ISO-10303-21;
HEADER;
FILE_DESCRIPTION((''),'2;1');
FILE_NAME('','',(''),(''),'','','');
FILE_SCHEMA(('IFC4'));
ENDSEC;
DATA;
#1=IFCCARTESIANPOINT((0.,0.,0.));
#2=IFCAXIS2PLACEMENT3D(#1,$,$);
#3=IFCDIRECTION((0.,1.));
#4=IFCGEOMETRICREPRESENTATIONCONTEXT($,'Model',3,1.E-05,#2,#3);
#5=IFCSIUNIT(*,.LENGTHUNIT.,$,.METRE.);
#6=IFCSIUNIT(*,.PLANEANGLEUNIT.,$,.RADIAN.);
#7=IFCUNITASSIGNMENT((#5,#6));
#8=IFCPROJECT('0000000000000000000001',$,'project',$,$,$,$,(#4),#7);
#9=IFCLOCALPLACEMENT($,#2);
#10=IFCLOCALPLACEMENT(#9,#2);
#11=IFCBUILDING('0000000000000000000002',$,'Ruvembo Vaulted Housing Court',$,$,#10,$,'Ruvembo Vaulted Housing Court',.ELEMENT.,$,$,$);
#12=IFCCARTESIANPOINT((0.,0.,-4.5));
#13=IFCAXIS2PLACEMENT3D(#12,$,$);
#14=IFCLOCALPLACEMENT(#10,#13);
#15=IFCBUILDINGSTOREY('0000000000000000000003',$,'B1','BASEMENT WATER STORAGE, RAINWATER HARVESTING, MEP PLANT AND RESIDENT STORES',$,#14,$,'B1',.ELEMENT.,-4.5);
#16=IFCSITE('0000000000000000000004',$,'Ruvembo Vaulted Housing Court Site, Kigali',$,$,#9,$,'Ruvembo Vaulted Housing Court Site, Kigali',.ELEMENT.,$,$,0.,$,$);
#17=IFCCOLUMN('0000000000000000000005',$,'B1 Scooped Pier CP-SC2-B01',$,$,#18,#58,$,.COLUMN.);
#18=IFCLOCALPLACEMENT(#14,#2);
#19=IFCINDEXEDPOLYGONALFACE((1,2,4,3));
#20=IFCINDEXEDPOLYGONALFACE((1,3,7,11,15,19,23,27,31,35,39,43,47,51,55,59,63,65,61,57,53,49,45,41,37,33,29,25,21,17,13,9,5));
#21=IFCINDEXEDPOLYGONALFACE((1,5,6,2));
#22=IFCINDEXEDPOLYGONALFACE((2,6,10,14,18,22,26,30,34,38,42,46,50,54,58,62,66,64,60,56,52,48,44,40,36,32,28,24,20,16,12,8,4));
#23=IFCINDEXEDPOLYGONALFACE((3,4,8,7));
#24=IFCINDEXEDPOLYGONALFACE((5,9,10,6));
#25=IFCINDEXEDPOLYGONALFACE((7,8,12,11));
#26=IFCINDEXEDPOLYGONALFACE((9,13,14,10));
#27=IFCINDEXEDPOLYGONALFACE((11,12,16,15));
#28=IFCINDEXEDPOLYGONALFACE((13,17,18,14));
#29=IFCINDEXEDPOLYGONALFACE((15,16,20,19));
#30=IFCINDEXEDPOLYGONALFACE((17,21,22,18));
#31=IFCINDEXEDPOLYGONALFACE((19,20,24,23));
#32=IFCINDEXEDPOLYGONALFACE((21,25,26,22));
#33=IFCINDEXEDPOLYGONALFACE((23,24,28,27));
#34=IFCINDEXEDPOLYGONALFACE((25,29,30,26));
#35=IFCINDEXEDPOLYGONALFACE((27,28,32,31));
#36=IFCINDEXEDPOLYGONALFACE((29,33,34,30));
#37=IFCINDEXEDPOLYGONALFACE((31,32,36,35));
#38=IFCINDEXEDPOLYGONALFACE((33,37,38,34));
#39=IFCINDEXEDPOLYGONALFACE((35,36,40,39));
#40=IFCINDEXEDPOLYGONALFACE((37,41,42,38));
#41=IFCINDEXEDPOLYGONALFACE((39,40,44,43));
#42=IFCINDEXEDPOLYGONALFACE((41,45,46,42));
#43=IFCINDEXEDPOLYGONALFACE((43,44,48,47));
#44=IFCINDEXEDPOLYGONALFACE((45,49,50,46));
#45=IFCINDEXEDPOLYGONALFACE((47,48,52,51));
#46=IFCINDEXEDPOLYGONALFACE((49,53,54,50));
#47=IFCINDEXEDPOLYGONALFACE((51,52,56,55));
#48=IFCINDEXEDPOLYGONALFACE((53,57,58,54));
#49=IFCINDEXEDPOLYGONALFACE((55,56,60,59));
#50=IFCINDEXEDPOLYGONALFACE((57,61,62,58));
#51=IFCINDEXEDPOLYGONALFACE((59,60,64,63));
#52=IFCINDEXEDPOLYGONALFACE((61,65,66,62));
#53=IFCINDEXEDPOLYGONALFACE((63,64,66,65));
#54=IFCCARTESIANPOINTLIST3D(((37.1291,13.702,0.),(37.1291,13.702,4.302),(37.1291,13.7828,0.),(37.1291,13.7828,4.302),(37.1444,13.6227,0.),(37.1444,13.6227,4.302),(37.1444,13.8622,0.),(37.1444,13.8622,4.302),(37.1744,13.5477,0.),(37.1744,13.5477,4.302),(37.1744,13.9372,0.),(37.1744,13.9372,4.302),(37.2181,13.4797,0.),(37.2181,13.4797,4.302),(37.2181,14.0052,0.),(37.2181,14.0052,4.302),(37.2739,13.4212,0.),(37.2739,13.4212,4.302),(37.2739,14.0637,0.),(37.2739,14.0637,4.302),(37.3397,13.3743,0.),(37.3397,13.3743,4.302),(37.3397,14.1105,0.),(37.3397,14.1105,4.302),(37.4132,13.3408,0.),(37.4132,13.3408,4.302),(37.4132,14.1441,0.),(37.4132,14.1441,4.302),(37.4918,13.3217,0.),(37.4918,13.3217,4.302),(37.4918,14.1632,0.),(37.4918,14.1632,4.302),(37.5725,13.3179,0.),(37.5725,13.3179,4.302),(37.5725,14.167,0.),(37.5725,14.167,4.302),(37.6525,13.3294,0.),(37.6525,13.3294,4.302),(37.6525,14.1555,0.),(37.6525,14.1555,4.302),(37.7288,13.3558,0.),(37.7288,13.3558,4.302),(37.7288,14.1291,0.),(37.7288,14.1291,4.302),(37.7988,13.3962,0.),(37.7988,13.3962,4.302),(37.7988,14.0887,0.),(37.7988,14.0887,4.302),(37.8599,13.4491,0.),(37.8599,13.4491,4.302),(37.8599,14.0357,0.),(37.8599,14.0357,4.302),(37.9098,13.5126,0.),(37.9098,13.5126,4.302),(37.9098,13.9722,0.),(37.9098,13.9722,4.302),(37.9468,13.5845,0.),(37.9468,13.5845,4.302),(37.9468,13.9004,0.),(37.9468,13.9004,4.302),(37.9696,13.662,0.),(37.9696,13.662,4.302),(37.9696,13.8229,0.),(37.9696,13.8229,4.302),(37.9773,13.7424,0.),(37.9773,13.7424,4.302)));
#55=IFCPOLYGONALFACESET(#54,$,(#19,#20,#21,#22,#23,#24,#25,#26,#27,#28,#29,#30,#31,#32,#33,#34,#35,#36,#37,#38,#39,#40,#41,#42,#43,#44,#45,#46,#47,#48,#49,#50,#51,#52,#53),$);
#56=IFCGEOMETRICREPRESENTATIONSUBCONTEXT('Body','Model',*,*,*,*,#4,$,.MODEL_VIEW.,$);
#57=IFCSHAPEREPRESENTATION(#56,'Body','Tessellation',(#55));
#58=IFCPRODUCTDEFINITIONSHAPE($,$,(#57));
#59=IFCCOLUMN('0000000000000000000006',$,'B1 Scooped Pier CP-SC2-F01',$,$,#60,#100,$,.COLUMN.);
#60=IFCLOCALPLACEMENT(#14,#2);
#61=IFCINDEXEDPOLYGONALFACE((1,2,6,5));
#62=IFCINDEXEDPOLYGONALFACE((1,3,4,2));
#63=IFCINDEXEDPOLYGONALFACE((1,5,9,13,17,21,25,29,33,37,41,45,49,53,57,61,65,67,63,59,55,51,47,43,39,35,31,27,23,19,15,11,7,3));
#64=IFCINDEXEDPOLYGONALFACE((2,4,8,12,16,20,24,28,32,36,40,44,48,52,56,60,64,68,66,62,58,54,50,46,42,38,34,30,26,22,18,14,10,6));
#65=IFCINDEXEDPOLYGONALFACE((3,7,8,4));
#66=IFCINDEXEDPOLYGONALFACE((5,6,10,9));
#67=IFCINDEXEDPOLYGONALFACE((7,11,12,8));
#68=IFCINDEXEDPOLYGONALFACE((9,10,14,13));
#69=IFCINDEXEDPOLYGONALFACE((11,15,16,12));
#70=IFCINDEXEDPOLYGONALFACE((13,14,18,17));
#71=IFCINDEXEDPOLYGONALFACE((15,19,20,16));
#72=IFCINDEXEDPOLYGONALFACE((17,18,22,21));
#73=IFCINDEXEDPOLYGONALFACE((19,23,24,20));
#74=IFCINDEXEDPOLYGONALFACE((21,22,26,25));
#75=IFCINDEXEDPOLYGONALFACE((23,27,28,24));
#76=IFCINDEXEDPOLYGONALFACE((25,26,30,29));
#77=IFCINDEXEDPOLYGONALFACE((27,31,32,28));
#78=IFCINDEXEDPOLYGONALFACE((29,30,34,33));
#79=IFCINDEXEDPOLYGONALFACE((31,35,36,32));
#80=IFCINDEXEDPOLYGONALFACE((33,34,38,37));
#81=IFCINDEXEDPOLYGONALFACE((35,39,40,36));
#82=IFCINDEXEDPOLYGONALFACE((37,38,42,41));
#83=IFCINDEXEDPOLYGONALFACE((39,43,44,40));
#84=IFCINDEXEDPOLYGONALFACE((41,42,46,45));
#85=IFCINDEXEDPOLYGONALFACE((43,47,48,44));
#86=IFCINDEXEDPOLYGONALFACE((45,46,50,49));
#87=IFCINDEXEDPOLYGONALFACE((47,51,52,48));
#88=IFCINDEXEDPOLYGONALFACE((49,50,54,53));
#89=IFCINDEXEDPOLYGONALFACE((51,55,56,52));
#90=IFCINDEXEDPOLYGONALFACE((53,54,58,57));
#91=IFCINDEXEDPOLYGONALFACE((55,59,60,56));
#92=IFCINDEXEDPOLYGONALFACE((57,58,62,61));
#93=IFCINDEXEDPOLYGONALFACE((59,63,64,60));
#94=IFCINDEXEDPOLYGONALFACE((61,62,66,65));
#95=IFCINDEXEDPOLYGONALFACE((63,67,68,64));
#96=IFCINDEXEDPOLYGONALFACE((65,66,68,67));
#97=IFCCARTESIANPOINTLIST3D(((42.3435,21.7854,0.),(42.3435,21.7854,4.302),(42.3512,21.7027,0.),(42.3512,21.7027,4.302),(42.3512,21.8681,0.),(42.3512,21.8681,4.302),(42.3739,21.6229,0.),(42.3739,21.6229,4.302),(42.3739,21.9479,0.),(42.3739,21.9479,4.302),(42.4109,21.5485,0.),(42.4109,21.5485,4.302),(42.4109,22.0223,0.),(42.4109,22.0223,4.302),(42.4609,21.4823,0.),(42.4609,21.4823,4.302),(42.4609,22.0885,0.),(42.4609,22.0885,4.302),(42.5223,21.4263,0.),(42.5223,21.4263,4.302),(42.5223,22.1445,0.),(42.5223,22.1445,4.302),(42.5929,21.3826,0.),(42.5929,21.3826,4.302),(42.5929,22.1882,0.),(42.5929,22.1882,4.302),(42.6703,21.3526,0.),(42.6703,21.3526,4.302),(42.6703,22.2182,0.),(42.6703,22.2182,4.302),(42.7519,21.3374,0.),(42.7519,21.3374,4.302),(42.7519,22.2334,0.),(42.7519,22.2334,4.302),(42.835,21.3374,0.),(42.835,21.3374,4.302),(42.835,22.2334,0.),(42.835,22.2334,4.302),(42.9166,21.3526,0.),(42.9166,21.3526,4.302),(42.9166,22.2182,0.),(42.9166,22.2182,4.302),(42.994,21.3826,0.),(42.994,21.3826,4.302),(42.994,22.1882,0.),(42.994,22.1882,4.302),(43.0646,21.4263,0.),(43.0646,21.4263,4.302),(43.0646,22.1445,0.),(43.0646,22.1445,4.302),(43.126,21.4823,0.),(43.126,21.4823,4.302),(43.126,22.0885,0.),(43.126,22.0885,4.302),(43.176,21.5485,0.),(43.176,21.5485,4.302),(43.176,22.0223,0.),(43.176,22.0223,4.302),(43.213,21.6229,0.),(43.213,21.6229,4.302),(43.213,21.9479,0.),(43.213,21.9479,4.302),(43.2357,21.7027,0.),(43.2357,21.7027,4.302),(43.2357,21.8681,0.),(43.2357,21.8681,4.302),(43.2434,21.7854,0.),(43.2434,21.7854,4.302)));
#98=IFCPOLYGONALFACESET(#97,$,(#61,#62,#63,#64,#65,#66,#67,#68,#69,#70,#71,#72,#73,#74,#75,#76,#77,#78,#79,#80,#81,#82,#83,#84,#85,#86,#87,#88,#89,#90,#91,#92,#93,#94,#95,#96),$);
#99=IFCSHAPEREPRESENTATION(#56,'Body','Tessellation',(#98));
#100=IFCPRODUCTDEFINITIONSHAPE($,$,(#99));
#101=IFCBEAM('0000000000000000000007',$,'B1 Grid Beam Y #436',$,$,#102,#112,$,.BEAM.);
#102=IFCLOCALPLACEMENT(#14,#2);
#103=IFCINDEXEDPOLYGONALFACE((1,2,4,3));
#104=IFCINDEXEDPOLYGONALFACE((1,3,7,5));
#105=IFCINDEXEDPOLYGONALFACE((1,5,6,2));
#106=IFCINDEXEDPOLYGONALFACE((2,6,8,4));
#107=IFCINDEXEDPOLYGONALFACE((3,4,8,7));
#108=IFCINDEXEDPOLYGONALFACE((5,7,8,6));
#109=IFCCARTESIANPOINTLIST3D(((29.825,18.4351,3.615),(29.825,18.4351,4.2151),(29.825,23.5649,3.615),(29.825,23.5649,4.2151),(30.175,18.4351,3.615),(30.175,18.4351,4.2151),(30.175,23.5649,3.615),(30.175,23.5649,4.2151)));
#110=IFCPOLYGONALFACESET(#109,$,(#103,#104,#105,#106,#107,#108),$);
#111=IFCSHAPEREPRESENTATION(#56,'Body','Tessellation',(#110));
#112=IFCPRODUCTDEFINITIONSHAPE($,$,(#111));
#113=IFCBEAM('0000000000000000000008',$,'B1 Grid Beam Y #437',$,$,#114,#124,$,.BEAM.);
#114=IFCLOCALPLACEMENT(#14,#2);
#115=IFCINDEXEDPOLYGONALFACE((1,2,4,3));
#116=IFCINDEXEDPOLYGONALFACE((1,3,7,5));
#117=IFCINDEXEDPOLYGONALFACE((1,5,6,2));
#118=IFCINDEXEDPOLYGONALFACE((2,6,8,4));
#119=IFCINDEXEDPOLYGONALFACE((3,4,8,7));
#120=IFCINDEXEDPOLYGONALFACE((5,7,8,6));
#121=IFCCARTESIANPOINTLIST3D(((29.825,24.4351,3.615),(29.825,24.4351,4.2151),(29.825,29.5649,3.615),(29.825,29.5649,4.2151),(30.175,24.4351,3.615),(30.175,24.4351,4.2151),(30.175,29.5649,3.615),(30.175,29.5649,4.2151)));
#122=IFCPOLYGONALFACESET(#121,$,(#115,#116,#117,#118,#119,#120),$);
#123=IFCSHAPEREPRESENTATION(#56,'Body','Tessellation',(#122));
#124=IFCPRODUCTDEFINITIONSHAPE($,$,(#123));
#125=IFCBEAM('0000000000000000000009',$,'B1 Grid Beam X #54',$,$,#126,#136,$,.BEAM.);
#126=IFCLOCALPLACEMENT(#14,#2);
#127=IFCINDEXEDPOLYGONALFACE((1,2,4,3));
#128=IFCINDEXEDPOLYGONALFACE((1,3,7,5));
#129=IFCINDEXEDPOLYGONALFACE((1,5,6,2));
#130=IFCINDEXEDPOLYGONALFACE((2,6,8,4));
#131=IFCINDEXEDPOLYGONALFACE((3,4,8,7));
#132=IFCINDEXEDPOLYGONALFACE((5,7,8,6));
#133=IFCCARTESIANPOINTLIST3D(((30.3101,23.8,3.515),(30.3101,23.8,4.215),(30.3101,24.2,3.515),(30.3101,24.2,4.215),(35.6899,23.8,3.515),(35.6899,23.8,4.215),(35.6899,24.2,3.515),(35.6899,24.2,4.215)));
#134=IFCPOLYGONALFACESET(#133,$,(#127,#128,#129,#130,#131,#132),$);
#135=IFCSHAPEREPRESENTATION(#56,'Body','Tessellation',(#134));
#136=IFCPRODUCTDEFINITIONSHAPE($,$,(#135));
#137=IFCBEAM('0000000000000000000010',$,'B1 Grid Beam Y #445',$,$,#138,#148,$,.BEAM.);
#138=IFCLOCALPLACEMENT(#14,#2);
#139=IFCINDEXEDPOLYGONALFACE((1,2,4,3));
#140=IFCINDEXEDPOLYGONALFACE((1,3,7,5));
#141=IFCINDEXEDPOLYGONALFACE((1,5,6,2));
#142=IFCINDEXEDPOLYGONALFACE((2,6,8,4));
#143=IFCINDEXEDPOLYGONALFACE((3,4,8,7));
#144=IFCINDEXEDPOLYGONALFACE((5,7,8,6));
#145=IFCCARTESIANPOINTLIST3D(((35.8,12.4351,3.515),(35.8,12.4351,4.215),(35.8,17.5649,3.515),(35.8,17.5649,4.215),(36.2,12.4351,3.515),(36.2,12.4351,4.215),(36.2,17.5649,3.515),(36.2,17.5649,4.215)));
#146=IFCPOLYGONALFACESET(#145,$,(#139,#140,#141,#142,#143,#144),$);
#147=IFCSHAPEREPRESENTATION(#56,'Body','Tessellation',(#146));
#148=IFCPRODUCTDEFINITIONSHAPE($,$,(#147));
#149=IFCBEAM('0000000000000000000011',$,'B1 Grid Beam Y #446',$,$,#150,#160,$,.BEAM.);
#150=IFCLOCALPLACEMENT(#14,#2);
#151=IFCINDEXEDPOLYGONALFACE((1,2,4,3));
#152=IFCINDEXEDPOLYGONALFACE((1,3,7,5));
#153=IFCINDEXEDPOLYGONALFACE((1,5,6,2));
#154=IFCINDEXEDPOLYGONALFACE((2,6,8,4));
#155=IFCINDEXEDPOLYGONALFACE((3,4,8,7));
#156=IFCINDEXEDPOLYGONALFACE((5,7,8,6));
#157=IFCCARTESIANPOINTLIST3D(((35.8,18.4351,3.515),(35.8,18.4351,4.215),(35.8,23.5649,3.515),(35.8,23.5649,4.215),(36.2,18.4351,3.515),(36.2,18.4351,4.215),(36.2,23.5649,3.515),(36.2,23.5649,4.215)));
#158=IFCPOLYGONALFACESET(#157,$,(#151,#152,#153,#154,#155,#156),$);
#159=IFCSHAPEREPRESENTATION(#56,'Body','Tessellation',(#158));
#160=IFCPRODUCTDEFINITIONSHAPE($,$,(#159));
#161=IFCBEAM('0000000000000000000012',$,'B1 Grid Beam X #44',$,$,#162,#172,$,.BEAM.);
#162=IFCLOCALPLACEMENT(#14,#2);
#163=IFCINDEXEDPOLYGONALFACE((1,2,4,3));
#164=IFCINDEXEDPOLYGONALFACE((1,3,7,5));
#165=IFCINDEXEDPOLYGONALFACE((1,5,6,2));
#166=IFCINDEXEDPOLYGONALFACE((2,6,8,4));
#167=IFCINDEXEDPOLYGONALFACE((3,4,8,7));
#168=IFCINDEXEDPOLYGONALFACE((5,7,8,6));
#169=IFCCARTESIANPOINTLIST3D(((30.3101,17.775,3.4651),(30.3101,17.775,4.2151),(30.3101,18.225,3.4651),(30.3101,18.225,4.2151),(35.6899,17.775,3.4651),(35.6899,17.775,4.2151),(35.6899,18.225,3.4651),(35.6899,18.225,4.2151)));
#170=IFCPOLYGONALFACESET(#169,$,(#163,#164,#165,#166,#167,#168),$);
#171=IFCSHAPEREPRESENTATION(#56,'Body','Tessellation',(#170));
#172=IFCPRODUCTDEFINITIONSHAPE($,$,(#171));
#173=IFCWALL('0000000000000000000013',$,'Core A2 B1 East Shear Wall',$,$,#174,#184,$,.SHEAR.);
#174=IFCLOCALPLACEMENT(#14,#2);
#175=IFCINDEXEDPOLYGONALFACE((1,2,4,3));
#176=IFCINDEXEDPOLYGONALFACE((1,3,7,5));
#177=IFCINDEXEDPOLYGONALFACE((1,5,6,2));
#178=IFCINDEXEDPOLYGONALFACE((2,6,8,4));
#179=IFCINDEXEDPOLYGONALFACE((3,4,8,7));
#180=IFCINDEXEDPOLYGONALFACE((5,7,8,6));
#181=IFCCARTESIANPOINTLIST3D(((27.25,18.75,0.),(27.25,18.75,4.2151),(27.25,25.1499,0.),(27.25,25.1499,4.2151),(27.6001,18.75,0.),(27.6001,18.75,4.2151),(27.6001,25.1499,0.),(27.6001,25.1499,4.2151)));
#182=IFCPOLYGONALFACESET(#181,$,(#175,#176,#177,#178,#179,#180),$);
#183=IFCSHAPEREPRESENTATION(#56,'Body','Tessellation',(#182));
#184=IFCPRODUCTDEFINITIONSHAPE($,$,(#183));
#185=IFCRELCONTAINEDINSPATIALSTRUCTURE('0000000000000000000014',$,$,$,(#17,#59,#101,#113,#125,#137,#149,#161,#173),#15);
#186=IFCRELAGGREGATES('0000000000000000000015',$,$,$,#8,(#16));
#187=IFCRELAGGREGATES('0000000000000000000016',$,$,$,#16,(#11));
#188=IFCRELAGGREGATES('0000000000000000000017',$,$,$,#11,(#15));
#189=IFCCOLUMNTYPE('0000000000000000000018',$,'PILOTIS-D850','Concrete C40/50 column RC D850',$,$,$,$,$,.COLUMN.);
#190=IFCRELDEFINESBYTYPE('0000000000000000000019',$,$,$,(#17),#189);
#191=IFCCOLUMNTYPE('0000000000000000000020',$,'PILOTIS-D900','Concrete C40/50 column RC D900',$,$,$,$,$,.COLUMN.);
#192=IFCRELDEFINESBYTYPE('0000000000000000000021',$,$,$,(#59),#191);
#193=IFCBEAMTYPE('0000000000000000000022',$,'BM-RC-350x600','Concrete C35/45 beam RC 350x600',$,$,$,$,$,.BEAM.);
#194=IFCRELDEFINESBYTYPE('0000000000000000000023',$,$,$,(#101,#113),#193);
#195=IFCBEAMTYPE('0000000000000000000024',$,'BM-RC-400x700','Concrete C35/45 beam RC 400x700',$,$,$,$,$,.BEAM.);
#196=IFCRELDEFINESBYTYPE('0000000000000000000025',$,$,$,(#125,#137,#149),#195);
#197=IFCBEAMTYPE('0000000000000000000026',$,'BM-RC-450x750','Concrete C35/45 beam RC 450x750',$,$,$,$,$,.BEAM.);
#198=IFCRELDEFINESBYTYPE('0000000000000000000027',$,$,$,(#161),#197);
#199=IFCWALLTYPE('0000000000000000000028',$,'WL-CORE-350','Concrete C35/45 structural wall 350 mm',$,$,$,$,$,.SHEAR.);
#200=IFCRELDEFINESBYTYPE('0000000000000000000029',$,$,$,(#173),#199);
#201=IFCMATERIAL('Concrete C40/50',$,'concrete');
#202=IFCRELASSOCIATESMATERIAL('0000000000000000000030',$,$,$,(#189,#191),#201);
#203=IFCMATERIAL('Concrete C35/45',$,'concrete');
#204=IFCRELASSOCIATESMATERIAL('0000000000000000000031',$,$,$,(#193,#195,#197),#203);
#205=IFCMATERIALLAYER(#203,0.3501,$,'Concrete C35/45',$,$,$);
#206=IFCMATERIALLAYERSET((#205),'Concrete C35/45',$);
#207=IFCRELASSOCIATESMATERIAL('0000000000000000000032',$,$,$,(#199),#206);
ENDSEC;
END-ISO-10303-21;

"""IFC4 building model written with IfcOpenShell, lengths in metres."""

from ifc_helpers import new_model, si_unit, direction, frame, frame_2d, origin, origin_2d, place, context, subcontext, project, spatial, rectangle, circle, extrude, material, layer, layer_set, material_profile, profile_set, type_object, element, save


model = new_model("IFC4")

# Units and contexts
model_context = context("Model", 3, precision=1e-05, world=origin(), true_north=direction((0.0, 1.0)))
body_context = subcontext(model_context, "Body", "Model", "MODEL_VIEW")
ifc_project = project(units=[si_unit("LENGTHUNIT", "METRE"), si_unit("PLANEANGLEUNIT", "RADIAN")], contexts=[model_context])

# Site, building, storey
site_placement = place(None, origin())
site = spatial("IfcSite", under=ifc_project, at=site_placement, Name="Ruvembo Vaulted Housing Court Site, Kigali", LongName="Ruvembo Vaulted Housing Court Site, Kigali", CompositionType="ELEMENT", RefElevation=0.0)
building_placement = place(site_placement, origin())
building = spatial("IfcBuilding", under=site, at=building_placement, Name="Ruvembo Vaulted Housing Court", LongName="Ruvembo Vaulted Housing Court", CompositionType="ELEMENT")
storey_placement = place(building_placement, frame((0.0, 0.0, -4.5)))
storey = spatial("IfcBuildingStorey", under=building, at=storey_placement, Name="B1", Description="BASEMENT WATER STORAGE, RAINWATER HARVESTING, MEP PLANT AND RESIDENT STORES", LongName="B1", CompositionType="ELEMENT", Elevation=-4.5)

# Shared definitions
ifc_material_1 = material(Name="Concrete C35/45", Category="concrete")

# Columns
ifc_material_2 = material(Name="Concrete C40/50", Category="concrete")
ifc_material_profile_1 = material_profile(ifc_material_2, circle(Radius=0.425, at=origin_2d()), Name="RC D850")
ifc_profile_set_1 = profile_set([ifc_material_profile_1], Name="Concrete C40/50")
column_type_1 = type_object("IfcColumnType", Name="PILOTIS-D850", Description="Concrete C40/50 column RC D850", PredefinedType="COLUMN", material=ifc_profile_set_1)
column_1_placement = place(storey_placement, frame((37.5522, 13.7424, 0.0), z_axis=(0.0, 0.0, 1.0), x_axis=(1.0, 0.0, 0.0)))
element("IfcColumn", 1, at=column_1_placement, inside=storey, type_object=column_type_1, Name="B1 Scooped Pier CP-SC2-B01", PredefinedType="COLUMN", context=body_context, shape_type="SweptSolid", body=[
    extrude(circle(Radius=0.425, at=origin_2d()), origin(), (0.0, 0.0, 1.0), 4.302),
])
ifc_material_profile_2 = material_profile(ifc_material_2, circle(Radius=0.45, at=origin_2d()), Name="RC D900")
ifc_profile_set_2 = profile_set([ifc_material_profile_2], Name="Concrete C40/50")
column_type_2 = type_object("IfcColumnType", Name="PILOTIS-D900", Description="Concrete C40/50 column RC D900", PredefinedType="COLUMN", material=ifc_profile_set_2)
column_2_placement = place(storey_placement, frame((42.7935, 21.7854, 0.0), z_axis=(0.0, 0.0, 1.0), x_axis=(1.0, 0.0, 0.0)))
element("IfcColumn", 2, at=column_2_placement, inside=storey, type_object=column_type_2, Name="B1 Scooped Pier CP-SC2-F01", PredefinedType="COLUMN", context=body_context, shape_type="SweptSolid", body=[
    extrude(circle(Radius=0.45, at=origin_2d()), origin(), (0.0, 0.0, 1.0), 4.302),
])

# Beams
ifc_material_profile_3 = material_profile(ifc_material_1, rectangle(XDim=0.3501, YDim=0.6001, at=origin_2d()), Name="RC 350x600")
ifc_profile_set_3 = profile_set([ifc_material_profile_3], Name="Concrete C35/45")
beam_type_1 = type_object("IfcBeamType", Name="BM-RC-350x600", Description="Concrete C35/45 beam RC 350x600", PredefinedType="BEAM", material=ifc_profile_set_3)
for number, where, z_axis, x_axis, name in (
    (3, (30.0, 18.4351, 3.915), (0.0, 1.0, 0.0), (-1.0, 0.0, 0.0), "B1 Grid Beam Y #436"),
    (4, (30.0, 24.4351, 3.915), (0.0, 1.0, 0.0), (-1.0, 0.0, 0.0), "B1 Grid Beam Y #437"),
):
    element("IfcBeam", number, at=place(storey_placement, frame(where, z_axis=z_axis, x_axis=x_axis)), inside=storey, type_object=beam_type_1, Name=name, PredefinedType="BEAM", context=body_context, shape_type="SweptSolid", body=[
        extrude(rectangle(XDim=0.3501, YDim=0.6001, at=origin_2d()), origin(), (0.0, 0.0, 1.0), 5.1299),
    ])
ifc_material_profile_4 = material_profile(ifc_material_1, rectangle(XDim=0.3999, YDim=0.7, at=origin_2d()), Name="RC 400x700")
ifc_profile_set_4 = profile_set([ifc_material_profile_4], Name="Concrete C35/45")
beam_type_2 = type_object("IfcBeamType", Name="BM-RC-400x700", Description="Concrete C35/45 beam RC 400x700", PredefinedType="BEAM", material=ifc_profile_set_4)
beam_1_placement = place(storey_placement, frame((30.3101, 24.0, 3.865), z_axis=(1.0, 0.0, 0.0), x_axis=(0.0, 1.0, 0.0)))
element("IfcBeam", 5, at=beam_1_placement, inside=storey, type_object=beam_type_2, Name="B1 Grid Beam X #54", PredefinedType="BEAM", context=body_context, shape_type="SweptSolid", body=[
    extrude(rectangle(XDim=0.3999, YDim=0.7, at=origin_2d()), origin(), (0.0, 0.0, 1.0), 5.3799),
])
for number, where, z_axis, x_axis, name in (
    (6, (36.0, 12.4351, 3.865), (0.0, 1.0, 0.0), (-1.0, 0.0, 0.0), "B1 Grid Beam Y #445"),
    (7, (36.0, 18.4351, 3.865), (0.0, 1.0, 0.0), (-1.0, 0.0, 0.0), "B1 Grid Beam Y #446"),
):
    element("IfcBeam", number, at=place(storey_placement, frame(where, z_axis=z_axis, x_axis=x_axis)), inside=storey, type_object=beam_type_2, Name=name, PredefinedType="BEAM", context=body_context, shape_type="SweptSolid", body=[
        extrude(rectangle(XDim=0.3999, YDim=0.7, at=origin_2d()), origin(), (0.0, 0.0, 1.0), 5.1299),
    ])
ifc_material_profile_5 = material_profile(ifc_material_1, rectangle(XDim=0.45, YDim=0.75, at=origin_2d()), Name="RC 450x750")
ifc_profile_set_5 = profile_set([ifc_material_profile_5], Name="Concrete C35/45")
beam_type_3 = type_object("IfcBeamType", Name="BM-RC-450x750", Description="Concrete C35/45 beam RC 450x750", PredefinedType="BEAM", material=ifc_profile_set_5)
beam_2_placement = place(storey_placement, frame((30.3101, 18.0, 3.8401), z_axis=(1.0, 0.0, 0.0), x_axis=(0.0, 1.0, 0.0)))
element("IfcBeam", 8, at=beam_2_placement, inside=storey, type_object=beam_type_3, Name="B1 Grid Beam X #44", PredefinedType="BEAM", context=body_context, shape_type="SweptSolid", body=[
    extrude(rectangle(XDim=0.45, YDim=0.75, at=origin_2d()), origin(), (0.0, 0.0, 1.0), 5.3799),
])

# Wall
ifc_layer = layer(ifc_material_1, 0.3501, Name="Concrete C35/45")
ifc_layer_set = layer_set([ifc_layer], Name="Concrete C35/45")
wall_type = type_object("IfcWallType", Name="WL-CORE-350", Description="Concrete C35/45 structural wall 350 mm", PredefinedType="SHEAR", material=ifc_layer_set)
wall_placement = place(storey_placement, frame((27.425, 18.75, 0.0), z_axis=(0.0, 0.0, 1.0), x_axis=(0.0, 1.0, 0.0)))
element("IfcWall", 9, at=wall_placement, inside=storey, type_object=wall_type, Name="Core A2 B1 East Shear Wall", PredefinedType="SHEAR", context=body_context, shape_type="SweptSolid", body=[
    extrude(rectangle(XDim=6.3999, YDim=0.3501, at=frame_2d((3.2, 0.0))), origin(), (0.0, 0.0, 1.0), 4.2151),
])

save(model, "model.ifc")
